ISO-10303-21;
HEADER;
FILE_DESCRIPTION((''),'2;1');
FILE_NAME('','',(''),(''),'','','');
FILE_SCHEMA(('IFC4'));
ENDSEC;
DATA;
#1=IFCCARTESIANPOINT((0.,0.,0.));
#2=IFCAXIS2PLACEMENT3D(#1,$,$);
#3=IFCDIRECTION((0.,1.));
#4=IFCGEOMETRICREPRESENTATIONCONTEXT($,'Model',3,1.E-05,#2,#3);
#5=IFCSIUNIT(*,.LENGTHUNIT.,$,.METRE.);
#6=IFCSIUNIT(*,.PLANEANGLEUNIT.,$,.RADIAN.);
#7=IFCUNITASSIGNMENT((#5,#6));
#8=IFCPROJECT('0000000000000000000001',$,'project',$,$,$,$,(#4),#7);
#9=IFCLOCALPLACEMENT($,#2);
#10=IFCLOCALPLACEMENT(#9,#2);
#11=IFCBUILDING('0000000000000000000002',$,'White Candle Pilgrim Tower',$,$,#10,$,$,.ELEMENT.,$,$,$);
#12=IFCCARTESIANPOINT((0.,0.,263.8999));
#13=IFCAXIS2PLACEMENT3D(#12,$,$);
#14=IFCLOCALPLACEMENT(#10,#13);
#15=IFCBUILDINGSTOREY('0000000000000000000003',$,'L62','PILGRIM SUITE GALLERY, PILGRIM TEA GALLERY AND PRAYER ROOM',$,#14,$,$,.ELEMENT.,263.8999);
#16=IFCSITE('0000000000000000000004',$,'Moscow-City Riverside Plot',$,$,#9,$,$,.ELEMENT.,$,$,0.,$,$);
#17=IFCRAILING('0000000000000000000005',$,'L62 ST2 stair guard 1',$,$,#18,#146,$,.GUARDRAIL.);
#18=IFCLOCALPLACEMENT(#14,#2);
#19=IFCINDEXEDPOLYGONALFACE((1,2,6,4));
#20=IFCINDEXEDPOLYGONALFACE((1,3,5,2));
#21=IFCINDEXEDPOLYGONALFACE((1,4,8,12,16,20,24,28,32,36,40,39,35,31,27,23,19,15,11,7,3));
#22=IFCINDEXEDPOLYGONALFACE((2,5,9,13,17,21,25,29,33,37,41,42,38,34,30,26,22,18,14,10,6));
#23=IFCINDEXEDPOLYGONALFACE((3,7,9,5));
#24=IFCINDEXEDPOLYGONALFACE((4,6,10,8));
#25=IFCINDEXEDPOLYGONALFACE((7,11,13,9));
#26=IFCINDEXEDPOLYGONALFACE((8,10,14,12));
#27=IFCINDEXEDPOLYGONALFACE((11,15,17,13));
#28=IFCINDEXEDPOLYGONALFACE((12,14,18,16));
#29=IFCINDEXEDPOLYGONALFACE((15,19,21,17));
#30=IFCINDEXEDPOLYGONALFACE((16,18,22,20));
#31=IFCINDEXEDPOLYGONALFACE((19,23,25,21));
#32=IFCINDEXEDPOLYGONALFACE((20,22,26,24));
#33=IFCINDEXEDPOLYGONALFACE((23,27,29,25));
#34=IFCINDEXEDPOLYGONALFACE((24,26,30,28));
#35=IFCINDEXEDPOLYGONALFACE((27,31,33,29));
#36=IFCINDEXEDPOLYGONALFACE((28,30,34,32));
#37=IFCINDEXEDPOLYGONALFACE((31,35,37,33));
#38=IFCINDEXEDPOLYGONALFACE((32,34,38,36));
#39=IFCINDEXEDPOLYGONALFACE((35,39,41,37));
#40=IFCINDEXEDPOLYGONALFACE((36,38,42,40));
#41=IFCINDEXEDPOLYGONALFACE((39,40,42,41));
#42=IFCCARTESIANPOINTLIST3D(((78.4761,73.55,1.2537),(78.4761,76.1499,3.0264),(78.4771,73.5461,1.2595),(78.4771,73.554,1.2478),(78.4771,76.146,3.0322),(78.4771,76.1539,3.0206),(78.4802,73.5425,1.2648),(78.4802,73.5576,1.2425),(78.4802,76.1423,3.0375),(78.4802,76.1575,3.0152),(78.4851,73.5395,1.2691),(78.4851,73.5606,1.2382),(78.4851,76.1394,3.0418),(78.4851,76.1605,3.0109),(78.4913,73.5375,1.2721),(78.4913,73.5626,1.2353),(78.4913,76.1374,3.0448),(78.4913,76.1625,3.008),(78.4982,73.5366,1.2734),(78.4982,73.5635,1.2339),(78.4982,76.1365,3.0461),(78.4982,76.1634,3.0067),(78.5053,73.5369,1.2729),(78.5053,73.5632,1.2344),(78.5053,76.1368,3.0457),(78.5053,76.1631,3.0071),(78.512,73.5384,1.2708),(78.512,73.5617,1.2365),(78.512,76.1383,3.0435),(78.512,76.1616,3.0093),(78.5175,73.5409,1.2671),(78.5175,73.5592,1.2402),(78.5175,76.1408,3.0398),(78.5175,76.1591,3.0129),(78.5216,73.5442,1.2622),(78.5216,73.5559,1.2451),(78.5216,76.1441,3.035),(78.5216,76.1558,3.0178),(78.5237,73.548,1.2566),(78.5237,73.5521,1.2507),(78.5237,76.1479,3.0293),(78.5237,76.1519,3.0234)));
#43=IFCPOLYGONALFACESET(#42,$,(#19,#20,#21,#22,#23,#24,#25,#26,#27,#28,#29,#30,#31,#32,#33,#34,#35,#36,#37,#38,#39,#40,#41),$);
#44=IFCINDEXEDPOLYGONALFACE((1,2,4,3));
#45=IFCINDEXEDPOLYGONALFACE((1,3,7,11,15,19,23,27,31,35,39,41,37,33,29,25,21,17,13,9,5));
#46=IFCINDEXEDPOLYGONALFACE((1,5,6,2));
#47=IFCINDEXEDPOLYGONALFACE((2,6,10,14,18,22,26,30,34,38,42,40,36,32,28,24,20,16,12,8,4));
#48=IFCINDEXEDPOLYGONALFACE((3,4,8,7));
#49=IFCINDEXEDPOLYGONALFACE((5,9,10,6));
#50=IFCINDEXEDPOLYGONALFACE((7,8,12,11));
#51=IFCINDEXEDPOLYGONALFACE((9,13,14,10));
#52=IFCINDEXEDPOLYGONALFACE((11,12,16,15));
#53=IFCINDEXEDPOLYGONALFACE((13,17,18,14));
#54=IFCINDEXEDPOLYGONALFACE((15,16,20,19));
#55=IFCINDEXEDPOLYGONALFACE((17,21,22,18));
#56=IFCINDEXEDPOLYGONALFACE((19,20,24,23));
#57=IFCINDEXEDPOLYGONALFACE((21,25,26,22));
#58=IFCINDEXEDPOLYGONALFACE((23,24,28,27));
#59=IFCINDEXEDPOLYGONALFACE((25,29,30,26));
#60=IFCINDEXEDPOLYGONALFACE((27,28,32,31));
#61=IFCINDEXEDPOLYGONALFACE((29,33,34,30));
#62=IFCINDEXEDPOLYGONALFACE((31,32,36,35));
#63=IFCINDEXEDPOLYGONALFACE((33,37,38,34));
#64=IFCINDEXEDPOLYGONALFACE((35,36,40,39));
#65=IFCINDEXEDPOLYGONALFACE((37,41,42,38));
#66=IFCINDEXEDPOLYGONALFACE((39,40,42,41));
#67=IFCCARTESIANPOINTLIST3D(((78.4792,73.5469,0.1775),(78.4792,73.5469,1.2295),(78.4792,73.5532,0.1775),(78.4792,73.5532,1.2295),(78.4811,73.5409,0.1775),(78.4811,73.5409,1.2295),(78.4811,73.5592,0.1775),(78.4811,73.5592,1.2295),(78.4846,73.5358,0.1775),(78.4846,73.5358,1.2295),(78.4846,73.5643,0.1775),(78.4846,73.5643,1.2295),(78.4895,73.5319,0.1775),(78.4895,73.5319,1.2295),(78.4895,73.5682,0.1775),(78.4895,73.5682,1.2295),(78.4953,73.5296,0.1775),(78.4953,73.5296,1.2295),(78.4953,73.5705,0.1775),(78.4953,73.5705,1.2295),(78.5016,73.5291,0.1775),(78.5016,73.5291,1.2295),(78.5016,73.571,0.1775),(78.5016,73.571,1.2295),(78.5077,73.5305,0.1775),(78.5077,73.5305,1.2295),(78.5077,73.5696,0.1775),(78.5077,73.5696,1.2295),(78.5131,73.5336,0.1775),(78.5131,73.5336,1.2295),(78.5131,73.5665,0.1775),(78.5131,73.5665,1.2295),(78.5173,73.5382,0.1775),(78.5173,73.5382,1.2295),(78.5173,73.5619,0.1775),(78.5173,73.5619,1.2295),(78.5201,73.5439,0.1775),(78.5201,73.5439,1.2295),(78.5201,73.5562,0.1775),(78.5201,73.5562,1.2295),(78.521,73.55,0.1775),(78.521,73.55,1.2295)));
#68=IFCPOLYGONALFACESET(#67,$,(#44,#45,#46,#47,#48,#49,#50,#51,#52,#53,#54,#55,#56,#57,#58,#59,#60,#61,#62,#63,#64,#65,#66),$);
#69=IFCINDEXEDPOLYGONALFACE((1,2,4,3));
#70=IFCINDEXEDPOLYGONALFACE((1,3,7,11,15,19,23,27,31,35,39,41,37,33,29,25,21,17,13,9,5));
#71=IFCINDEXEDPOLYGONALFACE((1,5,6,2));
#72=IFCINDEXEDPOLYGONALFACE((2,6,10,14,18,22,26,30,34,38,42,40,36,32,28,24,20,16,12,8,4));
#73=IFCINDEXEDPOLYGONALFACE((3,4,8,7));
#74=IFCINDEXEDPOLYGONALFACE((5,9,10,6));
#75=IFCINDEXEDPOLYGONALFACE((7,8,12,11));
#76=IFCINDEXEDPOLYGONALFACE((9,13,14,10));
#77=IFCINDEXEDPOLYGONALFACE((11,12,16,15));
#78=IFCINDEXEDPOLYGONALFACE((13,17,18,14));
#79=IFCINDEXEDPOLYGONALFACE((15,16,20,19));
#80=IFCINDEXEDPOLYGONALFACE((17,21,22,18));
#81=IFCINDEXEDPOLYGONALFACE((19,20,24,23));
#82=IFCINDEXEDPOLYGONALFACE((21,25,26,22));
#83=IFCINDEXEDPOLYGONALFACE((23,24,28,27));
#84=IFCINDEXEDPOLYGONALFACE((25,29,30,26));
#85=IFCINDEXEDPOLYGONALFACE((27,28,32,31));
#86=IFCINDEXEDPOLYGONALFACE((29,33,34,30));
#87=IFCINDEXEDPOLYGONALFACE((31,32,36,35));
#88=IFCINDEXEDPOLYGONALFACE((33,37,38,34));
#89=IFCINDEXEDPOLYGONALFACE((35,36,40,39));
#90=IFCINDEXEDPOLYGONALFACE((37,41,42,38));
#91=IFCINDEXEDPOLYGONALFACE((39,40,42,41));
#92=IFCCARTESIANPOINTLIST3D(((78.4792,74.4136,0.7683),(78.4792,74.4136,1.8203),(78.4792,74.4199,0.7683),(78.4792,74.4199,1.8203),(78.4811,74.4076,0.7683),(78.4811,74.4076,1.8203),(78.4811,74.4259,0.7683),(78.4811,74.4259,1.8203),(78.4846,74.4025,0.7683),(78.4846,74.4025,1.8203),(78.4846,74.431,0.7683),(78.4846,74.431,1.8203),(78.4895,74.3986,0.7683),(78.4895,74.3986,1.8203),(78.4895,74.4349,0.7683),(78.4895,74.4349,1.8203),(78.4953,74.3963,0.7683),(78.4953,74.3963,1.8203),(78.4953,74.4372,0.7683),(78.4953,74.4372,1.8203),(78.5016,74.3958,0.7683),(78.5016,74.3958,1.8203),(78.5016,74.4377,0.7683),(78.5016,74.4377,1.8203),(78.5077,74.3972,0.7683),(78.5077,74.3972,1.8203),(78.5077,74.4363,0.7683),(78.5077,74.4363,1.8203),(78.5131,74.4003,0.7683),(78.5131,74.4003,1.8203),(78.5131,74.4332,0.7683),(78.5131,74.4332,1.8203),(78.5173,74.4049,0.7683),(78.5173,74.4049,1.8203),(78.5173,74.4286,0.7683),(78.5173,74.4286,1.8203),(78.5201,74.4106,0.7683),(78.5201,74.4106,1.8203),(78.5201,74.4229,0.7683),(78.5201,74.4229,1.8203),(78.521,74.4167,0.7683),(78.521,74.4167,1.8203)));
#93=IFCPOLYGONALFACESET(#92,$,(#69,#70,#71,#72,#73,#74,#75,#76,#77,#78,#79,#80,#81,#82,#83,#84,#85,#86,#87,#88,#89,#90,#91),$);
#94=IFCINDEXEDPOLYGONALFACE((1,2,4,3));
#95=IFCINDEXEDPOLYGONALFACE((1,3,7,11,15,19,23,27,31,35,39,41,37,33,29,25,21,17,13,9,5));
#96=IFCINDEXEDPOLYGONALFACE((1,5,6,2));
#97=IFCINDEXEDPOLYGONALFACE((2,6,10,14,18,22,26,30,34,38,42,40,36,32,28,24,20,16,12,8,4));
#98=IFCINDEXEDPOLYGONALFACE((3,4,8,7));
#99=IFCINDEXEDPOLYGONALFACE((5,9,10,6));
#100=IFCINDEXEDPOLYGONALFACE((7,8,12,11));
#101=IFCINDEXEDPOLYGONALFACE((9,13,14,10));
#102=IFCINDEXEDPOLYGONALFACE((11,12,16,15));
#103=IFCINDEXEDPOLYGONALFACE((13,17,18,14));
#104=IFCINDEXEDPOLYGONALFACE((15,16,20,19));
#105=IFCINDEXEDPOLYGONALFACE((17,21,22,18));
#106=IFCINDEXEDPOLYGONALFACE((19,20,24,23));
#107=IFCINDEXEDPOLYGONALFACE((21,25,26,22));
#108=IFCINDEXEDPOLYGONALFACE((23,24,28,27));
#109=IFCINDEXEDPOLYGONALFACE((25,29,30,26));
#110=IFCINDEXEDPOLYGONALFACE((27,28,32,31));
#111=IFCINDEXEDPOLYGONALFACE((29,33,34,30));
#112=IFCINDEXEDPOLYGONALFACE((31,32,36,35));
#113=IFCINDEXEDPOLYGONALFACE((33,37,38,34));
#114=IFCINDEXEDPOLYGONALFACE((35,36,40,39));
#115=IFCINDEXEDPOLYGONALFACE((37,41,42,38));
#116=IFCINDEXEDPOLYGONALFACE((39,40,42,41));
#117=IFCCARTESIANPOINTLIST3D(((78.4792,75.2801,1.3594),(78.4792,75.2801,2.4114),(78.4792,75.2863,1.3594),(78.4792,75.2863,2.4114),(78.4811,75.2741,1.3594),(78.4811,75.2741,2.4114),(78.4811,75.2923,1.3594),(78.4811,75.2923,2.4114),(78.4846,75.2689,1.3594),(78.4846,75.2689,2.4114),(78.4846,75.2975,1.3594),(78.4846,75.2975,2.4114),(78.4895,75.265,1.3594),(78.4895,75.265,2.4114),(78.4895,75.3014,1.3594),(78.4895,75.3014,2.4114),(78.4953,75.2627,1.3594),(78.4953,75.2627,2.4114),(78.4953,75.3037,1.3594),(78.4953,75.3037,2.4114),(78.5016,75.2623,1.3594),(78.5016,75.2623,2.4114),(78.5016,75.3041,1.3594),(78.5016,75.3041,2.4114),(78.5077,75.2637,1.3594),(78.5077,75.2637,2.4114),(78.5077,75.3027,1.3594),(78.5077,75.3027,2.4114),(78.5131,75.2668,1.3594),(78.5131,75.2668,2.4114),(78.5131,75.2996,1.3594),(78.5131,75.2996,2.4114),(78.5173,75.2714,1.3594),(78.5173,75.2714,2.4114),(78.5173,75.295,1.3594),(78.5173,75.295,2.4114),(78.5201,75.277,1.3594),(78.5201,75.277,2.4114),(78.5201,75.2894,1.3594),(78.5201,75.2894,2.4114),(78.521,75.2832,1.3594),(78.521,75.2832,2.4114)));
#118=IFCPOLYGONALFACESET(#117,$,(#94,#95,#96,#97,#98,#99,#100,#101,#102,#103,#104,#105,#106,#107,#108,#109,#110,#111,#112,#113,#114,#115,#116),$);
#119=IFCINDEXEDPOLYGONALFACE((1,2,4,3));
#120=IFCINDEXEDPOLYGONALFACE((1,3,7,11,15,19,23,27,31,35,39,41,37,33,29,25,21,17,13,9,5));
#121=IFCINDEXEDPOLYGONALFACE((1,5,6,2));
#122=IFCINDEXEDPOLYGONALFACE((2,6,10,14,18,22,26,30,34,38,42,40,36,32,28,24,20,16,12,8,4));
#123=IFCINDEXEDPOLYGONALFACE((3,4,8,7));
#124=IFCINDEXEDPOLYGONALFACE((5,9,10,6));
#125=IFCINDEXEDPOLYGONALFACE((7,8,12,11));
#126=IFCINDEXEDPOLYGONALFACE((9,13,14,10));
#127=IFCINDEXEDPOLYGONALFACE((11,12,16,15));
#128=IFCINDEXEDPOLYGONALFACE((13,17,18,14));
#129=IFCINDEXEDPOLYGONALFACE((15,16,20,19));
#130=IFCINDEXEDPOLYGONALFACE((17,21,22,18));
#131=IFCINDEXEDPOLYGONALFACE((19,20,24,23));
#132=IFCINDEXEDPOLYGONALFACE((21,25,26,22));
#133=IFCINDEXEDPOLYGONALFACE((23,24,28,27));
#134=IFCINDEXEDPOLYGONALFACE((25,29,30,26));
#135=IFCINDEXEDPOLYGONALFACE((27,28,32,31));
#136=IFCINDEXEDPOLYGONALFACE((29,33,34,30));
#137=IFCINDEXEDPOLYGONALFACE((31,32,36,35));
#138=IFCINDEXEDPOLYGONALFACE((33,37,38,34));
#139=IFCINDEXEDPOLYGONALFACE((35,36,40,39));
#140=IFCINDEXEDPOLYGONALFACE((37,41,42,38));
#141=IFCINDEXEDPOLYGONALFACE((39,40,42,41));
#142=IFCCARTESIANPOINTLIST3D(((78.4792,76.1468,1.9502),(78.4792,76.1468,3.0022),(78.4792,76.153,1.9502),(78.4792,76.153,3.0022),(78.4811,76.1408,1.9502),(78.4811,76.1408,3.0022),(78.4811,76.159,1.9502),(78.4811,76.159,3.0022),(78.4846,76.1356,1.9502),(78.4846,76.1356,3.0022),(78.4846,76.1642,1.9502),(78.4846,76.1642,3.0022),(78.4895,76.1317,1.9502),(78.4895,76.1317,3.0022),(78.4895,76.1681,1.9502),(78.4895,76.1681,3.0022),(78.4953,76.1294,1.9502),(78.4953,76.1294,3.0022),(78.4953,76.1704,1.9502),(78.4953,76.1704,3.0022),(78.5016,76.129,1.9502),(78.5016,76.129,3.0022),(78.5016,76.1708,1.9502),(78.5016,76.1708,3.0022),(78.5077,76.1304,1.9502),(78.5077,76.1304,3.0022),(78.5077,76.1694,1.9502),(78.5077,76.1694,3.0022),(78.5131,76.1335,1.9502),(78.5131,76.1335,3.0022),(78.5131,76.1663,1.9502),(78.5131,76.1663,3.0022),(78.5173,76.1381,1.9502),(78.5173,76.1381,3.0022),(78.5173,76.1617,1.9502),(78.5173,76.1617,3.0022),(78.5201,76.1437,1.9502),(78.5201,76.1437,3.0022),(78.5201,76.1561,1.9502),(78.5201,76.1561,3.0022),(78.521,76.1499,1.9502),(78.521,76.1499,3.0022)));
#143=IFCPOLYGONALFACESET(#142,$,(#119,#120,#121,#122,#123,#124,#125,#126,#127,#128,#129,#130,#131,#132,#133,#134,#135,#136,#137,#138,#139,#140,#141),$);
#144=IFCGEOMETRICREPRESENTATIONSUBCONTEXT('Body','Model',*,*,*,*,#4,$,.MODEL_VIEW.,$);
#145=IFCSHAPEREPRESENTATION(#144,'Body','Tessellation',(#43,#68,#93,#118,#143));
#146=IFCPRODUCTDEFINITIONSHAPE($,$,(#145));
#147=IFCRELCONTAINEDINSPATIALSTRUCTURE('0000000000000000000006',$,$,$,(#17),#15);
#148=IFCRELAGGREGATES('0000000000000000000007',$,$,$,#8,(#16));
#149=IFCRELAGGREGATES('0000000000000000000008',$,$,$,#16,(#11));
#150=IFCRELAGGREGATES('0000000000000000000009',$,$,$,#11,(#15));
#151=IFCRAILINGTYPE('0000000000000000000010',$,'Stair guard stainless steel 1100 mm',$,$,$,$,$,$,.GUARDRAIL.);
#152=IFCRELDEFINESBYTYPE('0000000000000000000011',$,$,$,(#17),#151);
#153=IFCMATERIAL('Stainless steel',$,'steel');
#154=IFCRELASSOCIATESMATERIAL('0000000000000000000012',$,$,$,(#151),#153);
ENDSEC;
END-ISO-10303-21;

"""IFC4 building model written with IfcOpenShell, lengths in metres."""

from ifc_helpers import new_model, si_unit, direction, frame, origin, origin_2d, place, context, subcontext, project, spatial, circle, extrude, material, type_object, element, save


model = new_model("IFC4")

# Units and contexts
model_context = context("Model", 3, precision=1e-05, world=origin(), true_north=direction((0.0, 1.0)))
body_context = subcontext(model_context, "Body", "Model", "MODEL_VIEW")
ifc_project = project(units=[si_unit("LENGTHUNIT", "METRE"), si_unit("PLANEANGLEUNIT", "RADIAN")], contexts=[model_context])

# Site, building, storey
site_placement = place(None, origin())
site = spatial("IfcSite", under=ifc_project, at=site_placement, Name="Moscow-City Riverside Plot", CompositionType="ELEMENT", RefElevation=0.0)
building_placement = place(site_placement, origin())
building = spatial("IfcBuilding", under=site, at=building_placement, Name="White Candle Pilgrim Tower", CompositionType="ELEMENT")
storey_placement = place(building_placement, frame((0.0, 0.0, 263.8999)))
storey = spatial("IfcBuildingStorey", under=building, at=storey_placement, Name="L62", Description="PILGRIM SUITE GALLERY, PILGRIM TEA GALLERY AND PRAYER ROOM", CompositionType="ELEMENT", Elevation=263.8999)

# Railing
ifc_material_1 = material(Name="Stainless steel", Category="steel")
railing_type_1 = type_object("IfcRailingType", Name="Stair guard stainless steel 1100 mm", PredefinedType="GUARDRAIL", material=ifc_material_1)
railing_1_placement = place(storey_placement, frame((78.5, 73.55, 0.1775)))
element("IfcRailing", 1, at=railing_1_placement, inside=storey, type_object=railing_type_1, Name="L62 ST2 stair guard 1", PredefinedType="GUARDRAIL", context=body_context, shape_type="SweptSolid", body=[
    extrude(circle(Radius=0.0239, at=origin_2d()), frame((0.0, 0.0, 1.0762), z_axis=(0.0, 0.826216, 0.563354), x_axis=(-1.0, 0.0, 0.0)), (0.0, 0.0, 1.0), 3.1467),
    extrude(circle(Radius=0.021, at=origin_2d()), origin(), (0.0, 0.0, 1.0), 1.052),
    extrude(circle(Radius=0.021, at=origin_2d()), frame((0.0, 0.8667, 0.5908)), (0.0, 0.0, 1.0), 1.052),
    extrude(circle(Radius=0.021, at=origin_2d()), frame((0.0, 1.7332, 1.1819)), (0.0, 0.0, 1.0), 1.052),
    extrude(circle(Radius=0.021, at=origin_2d()), frame((0.0, 2.5999, 1.7727)), (0.0, 0.0, 1.0), 1.052),
])

save(model, "model.ifc")
